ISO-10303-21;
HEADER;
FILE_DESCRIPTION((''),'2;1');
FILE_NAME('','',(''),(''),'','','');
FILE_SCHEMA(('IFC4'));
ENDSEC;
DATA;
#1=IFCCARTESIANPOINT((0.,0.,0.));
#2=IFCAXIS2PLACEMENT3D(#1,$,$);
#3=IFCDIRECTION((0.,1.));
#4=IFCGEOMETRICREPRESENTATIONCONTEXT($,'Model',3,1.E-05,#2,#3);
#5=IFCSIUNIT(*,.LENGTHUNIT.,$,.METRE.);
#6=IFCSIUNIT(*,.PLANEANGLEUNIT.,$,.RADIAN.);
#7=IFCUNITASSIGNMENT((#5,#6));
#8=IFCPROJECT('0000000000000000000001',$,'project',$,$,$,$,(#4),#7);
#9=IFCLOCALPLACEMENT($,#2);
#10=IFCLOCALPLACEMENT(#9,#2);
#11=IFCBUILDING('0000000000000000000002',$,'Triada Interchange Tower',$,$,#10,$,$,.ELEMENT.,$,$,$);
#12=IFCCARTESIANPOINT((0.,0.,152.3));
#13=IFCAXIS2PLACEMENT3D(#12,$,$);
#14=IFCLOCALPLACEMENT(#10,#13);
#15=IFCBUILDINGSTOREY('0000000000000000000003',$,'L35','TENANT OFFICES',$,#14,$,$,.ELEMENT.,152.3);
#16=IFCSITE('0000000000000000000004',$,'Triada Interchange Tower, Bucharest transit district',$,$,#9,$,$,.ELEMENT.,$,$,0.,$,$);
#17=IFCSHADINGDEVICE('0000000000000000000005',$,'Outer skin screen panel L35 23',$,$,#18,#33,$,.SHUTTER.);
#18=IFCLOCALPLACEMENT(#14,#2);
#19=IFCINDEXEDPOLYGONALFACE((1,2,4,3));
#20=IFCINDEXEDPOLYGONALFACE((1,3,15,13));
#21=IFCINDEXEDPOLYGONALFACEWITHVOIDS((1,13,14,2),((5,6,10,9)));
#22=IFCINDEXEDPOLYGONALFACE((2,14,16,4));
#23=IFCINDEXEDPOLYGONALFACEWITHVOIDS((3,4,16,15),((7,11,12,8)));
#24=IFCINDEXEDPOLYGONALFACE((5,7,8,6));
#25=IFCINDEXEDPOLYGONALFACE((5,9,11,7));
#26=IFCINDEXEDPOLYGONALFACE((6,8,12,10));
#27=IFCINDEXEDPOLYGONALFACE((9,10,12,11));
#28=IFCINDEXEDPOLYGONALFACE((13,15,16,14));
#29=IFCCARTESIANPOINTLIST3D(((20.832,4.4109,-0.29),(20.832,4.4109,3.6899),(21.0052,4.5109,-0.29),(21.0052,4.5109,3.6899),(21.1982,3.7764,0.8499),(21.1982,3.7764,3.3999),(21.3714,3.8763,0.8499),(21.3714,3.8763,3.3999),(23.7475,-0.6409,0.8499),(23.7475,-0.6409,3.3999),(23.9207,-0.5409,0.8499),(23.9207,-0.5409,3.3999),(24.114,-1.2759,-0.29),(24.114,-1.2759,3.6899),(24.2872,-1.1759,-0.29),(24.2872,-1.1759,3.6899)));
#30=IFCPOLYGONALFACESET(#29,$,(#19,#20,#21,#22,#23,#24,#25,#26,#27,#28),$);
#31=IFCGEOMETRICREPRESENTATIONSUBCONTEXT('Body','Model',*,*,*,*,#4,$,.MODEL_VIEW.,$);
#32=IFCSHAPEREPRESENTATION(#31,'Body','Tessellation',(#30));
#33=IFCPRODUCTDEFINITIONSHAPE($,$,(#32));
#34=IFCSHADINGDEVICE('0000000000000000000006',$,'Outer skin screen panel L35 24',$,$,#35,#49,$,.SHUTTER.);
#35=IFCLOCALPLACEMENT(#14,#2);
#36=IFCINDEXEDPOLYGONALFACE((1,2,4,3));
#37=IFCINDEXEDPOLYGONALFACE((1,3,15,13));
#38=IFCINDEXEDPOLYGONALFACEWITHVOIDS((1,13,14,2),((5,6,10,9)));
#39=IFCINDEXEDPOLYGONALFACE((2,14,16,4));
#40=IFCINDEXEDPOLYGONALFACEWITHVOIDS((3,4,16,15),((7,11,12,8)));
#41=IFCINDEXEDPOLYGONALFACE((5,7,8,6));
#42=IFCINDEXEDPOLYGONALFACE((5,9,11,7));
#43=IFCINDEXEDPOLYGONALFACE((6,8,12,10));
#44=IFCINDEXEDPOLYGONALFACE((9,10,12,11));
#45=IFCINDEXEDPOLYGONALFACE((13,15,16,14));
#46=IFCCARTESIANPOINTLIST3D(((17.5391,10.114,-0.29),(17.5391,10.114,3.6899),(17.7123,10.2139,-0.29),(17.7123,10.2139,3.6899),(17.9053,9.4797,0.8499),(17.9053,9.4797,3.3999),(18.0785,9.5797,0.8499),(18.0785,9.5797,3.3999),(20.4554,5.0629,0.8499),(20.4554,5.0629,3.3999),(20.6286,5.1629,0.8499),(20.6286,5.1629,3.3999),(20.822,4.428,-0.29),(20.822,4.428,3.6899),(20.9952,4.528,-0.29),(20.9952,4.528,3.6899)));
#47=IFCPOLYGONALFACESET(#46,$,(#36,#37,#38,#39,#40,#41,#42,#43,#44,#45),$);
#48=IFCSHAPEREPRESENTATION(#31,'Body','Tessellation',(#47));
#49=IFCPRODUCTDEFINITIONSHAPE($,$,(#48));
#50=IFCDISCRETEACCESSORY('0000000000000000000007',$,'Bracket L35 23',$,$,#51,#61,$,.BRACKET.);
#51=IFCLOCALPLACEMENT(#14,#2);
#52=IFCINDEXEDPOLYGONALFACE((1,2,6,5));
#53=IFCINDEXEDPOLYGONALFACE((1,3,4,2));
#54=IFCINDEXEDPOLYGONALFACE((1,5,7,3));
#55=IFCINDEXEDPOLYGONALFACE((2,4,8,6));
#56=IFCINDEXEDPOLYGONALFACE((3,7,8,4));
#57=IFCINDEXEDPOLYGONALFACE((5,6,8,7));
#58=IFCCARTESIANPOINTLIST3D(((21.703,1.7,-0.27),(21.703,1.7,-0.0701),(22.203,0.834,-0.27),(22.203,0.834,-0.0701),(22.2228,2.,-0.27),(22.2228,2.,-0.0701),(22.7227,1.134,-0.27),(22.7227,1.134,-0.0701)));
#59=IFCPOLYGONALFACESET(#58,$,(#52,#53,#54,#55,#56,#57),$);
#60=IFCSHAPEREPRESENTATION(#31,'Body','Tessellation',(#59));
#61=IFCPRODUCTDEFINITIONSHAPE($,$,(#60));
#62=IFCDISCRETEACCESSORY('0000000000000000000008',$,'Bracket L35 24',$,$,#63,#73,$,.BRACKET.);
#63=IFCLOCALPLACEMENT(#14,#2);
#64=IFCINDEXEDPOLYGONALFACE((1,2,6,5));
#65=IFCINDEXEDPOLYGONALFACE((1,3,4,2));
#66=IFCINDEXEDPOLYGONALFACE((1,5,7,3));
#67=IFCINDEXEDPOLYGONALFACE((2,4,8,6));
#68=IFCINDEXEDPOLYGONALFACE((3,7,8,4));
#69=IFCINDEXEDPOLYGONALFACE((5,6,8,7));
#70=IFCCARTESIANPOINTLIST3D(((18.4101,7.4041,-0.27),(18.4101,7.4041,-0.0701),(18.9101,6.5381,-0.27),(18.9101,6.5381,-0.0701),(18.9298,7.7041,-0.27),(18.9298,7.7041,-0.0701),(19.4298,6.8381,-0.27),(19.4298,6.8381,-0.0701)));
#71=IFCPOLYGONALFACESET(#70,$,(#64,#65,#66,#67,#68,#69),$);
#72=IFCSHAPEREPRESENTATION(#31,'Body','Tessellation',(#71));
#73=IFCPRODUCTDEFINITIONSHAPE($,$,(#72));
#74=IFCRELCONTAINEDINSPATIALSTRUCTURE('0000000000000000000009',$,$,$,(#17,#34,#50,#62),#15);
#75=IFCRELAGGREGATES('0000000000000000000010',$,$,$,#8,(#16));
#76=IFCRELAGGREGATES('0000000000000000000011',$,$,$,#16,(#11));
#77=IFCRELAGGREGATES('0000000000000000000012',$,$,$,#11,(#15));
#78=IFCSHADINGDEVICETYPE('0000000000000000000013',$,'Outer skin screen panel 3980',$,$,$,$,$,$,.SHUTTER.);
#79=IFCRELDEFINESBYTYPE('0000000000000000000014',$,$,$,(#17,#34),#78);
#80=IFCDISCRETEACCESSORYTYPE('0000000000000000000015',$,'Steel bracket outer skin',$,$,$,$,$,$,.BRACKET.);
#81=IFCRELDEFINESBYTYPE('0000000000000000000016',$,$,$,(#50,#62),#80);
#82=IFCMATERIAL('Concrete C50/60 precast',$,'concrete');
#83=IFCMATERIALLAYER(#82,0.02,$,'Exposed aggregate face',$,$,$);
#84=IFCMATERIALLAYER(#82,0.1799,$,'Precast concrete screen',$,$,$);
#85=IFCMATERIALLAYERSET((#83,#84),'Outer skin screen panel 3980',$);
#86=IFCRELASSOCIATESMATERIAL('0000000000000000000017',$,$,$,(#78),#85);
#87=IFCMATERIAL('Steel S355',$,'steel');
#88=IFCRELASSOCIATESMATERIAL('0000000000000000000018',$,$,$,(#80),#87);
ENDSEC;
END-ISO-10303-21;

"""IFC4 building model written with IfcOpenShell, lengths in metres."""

from ifc_helpers import new_model, si_unit, direction, frame, origin, origin_2d, place, context, subcontext, project, spatial, polyline, rectangle, outline, extrude, material, layer, layer_set, type_object, element, save


model = new_model("IFC4")

# Units and contexts
model_context = context("Model", 3, precision=1e-05, world=origin(), true_north=direction((0.0, 1.0)))
body_context = subcontext(model_context, "Body", "Model", "MODEL_VIEW")
ifc_project = project(units=[si_unit("LENGTHUNIT", "METRE"), si_unit("PLANEANGLEUNIT", "RADIAN")], contexts=[model_context])

# Site, building, storey
site_placement = place(None, origin())
site = spatial("IfcSite", under=ifc_project, at=site_placement, Name="Triada Interchange Tower, Bucharest transit district", CompositionType="ELEMENT", RefElevation=0.0)
building_placement = place(site_placement, origin())
building = spatial("IfcBuilding", under=site, at=building_placement, Name="Triada Interchange Tower", CompositionType="ELEMENT")
storey_placement = place(building_placement, frame((0.0, 0.0, 152.3)))
storey = spatial("IfcBuildingStorey", under=building, at=storey_placement, Name="L35", Description="TENANT OFFICES", CompositionType="ELEMENT", Elevation=152.3)

# Shading devices
ifc_material_1 = material(Name="Concrete C50/60 precast", Category="concrete")
ifc_layer_1 = layer(ifc_material_1, 0.02, Name="Exposed aggregate face")
ifc_layer_2 = layer(ifc_material_1, 0.1799, Name="Precast concrete screen")
ifc_layer_set_1 = layer_set([ifc_layer_1, ifc_layer_2], Name="Outer skin screen panel 3980")
shading_device_type = type_object("IfcShadingDeviceType", Name="Outer skin screen panel 3980", PredefinedType="SHUTTER", material=ifc_layer_set_1)
shading_device_1_placement = place(storey_placement, frame((24.114, -1.2759, -0.29), z_axis=(0.0, 0.0, 1.0), x_axis=(-0.499854, 0.866109, 0.0)))
element("IfcShadingDevice", 1, at=shading_device_1_placement, inside=storey, type_object=shading_device_type, Name="Outer skin screen panel L35 23", PredefinedType="SHUTTER", context=body_context, shape_type="SweptSolid", body=[
    extrude(outline(polyline([(0.0, 0.0), (6.5659, 0.0), (6.5659, 3.98), (0.0, 3.98), (0.0, 0.0)]), holes=[polyline([(0.7332, 1.1399), (0.7332, 3.6899), (5.8333, 3.6899), (5.8333, 1.1399), (0.7332, 1.1399)])]), frame((0.0, 0.0, 0.0), z_axis=(0.0, -1.0, 0.0), x_axis=(1.0, 0.0, 0.0)), (0.0, 0.0, 1.0), 0.2),
])
shading_device_2_placement = place(storey_placement, frame((20.822, 4.428, -0.29), z_axis=(0.0, 0.0, 1.0), x_axis=(-0.500014, 0.866017, 0.0)))
element("IfcShadingDevice", 2, at=shading_device_2_placement, inside=storey, type_object=shading_device_type, Name="Outer skin screen panel L35 24", PredefinedType="SHUTTER", context=body_context, shape_type="SweptSolid", body=[
    extrude(outline(polyline([(0.0, 0.0), (6.5657, 0.0), (6.5657, 3.98), (0.0, 3.98), (0.0, 0.0)]), holes=[polyline([(0.7332, 1.1399), (0.7332, 3.6899), (5.8333, 3.6899), (5.8333, 1.1399), (0.7332, 1.1399)])]), frame((0.0, 0.0, 0.0), z_axis=(0.0, -1.0, 0.0), x_axis=(1.0, 0.0, 0.0)), (0.0, 0.0, 1.0), 0.2),
])

# Discrete accessories
ifc_material_2 = material(Name="Steel S355", Category="steel")
discrete_accessory_type = type_object("IfcDiscreteAccessoryType", Name="Steel bracket outer skin", PredefinedType="BRACKET", material=ifc_material_2)
for number, where, z_axis, x_axis, name in (
    (3, (22.2129, 1.417, -0.27), (0.0, 0.0, 1.0), (0.866036, 0.499982, 0.0), "Bracket L35 23"),
    (4, (18.9199, 7.1211, -0.27), (0.0, 0.0, 1.0), (0.866036, 0.499982, 0.0), "Bracket L35 24"),
):
    element("IfcDiscreteAccessory", number, at=place(storey_placement, frame(where, z_axis=z_axis, x_axis=x_axis)), inside=storey, type_object=discrete_accessory_type, Name=name, PredefinedType="BRACKET", context=body_context, shape_type="SweptSolid", body=[
        extrude(rectangle(XDim=0.6001, YDim=1.0, at=origin_2d()), origin(), (0.0, 0.0, 1.0), 0.2),
    ])

save(model, "model.ifc")
